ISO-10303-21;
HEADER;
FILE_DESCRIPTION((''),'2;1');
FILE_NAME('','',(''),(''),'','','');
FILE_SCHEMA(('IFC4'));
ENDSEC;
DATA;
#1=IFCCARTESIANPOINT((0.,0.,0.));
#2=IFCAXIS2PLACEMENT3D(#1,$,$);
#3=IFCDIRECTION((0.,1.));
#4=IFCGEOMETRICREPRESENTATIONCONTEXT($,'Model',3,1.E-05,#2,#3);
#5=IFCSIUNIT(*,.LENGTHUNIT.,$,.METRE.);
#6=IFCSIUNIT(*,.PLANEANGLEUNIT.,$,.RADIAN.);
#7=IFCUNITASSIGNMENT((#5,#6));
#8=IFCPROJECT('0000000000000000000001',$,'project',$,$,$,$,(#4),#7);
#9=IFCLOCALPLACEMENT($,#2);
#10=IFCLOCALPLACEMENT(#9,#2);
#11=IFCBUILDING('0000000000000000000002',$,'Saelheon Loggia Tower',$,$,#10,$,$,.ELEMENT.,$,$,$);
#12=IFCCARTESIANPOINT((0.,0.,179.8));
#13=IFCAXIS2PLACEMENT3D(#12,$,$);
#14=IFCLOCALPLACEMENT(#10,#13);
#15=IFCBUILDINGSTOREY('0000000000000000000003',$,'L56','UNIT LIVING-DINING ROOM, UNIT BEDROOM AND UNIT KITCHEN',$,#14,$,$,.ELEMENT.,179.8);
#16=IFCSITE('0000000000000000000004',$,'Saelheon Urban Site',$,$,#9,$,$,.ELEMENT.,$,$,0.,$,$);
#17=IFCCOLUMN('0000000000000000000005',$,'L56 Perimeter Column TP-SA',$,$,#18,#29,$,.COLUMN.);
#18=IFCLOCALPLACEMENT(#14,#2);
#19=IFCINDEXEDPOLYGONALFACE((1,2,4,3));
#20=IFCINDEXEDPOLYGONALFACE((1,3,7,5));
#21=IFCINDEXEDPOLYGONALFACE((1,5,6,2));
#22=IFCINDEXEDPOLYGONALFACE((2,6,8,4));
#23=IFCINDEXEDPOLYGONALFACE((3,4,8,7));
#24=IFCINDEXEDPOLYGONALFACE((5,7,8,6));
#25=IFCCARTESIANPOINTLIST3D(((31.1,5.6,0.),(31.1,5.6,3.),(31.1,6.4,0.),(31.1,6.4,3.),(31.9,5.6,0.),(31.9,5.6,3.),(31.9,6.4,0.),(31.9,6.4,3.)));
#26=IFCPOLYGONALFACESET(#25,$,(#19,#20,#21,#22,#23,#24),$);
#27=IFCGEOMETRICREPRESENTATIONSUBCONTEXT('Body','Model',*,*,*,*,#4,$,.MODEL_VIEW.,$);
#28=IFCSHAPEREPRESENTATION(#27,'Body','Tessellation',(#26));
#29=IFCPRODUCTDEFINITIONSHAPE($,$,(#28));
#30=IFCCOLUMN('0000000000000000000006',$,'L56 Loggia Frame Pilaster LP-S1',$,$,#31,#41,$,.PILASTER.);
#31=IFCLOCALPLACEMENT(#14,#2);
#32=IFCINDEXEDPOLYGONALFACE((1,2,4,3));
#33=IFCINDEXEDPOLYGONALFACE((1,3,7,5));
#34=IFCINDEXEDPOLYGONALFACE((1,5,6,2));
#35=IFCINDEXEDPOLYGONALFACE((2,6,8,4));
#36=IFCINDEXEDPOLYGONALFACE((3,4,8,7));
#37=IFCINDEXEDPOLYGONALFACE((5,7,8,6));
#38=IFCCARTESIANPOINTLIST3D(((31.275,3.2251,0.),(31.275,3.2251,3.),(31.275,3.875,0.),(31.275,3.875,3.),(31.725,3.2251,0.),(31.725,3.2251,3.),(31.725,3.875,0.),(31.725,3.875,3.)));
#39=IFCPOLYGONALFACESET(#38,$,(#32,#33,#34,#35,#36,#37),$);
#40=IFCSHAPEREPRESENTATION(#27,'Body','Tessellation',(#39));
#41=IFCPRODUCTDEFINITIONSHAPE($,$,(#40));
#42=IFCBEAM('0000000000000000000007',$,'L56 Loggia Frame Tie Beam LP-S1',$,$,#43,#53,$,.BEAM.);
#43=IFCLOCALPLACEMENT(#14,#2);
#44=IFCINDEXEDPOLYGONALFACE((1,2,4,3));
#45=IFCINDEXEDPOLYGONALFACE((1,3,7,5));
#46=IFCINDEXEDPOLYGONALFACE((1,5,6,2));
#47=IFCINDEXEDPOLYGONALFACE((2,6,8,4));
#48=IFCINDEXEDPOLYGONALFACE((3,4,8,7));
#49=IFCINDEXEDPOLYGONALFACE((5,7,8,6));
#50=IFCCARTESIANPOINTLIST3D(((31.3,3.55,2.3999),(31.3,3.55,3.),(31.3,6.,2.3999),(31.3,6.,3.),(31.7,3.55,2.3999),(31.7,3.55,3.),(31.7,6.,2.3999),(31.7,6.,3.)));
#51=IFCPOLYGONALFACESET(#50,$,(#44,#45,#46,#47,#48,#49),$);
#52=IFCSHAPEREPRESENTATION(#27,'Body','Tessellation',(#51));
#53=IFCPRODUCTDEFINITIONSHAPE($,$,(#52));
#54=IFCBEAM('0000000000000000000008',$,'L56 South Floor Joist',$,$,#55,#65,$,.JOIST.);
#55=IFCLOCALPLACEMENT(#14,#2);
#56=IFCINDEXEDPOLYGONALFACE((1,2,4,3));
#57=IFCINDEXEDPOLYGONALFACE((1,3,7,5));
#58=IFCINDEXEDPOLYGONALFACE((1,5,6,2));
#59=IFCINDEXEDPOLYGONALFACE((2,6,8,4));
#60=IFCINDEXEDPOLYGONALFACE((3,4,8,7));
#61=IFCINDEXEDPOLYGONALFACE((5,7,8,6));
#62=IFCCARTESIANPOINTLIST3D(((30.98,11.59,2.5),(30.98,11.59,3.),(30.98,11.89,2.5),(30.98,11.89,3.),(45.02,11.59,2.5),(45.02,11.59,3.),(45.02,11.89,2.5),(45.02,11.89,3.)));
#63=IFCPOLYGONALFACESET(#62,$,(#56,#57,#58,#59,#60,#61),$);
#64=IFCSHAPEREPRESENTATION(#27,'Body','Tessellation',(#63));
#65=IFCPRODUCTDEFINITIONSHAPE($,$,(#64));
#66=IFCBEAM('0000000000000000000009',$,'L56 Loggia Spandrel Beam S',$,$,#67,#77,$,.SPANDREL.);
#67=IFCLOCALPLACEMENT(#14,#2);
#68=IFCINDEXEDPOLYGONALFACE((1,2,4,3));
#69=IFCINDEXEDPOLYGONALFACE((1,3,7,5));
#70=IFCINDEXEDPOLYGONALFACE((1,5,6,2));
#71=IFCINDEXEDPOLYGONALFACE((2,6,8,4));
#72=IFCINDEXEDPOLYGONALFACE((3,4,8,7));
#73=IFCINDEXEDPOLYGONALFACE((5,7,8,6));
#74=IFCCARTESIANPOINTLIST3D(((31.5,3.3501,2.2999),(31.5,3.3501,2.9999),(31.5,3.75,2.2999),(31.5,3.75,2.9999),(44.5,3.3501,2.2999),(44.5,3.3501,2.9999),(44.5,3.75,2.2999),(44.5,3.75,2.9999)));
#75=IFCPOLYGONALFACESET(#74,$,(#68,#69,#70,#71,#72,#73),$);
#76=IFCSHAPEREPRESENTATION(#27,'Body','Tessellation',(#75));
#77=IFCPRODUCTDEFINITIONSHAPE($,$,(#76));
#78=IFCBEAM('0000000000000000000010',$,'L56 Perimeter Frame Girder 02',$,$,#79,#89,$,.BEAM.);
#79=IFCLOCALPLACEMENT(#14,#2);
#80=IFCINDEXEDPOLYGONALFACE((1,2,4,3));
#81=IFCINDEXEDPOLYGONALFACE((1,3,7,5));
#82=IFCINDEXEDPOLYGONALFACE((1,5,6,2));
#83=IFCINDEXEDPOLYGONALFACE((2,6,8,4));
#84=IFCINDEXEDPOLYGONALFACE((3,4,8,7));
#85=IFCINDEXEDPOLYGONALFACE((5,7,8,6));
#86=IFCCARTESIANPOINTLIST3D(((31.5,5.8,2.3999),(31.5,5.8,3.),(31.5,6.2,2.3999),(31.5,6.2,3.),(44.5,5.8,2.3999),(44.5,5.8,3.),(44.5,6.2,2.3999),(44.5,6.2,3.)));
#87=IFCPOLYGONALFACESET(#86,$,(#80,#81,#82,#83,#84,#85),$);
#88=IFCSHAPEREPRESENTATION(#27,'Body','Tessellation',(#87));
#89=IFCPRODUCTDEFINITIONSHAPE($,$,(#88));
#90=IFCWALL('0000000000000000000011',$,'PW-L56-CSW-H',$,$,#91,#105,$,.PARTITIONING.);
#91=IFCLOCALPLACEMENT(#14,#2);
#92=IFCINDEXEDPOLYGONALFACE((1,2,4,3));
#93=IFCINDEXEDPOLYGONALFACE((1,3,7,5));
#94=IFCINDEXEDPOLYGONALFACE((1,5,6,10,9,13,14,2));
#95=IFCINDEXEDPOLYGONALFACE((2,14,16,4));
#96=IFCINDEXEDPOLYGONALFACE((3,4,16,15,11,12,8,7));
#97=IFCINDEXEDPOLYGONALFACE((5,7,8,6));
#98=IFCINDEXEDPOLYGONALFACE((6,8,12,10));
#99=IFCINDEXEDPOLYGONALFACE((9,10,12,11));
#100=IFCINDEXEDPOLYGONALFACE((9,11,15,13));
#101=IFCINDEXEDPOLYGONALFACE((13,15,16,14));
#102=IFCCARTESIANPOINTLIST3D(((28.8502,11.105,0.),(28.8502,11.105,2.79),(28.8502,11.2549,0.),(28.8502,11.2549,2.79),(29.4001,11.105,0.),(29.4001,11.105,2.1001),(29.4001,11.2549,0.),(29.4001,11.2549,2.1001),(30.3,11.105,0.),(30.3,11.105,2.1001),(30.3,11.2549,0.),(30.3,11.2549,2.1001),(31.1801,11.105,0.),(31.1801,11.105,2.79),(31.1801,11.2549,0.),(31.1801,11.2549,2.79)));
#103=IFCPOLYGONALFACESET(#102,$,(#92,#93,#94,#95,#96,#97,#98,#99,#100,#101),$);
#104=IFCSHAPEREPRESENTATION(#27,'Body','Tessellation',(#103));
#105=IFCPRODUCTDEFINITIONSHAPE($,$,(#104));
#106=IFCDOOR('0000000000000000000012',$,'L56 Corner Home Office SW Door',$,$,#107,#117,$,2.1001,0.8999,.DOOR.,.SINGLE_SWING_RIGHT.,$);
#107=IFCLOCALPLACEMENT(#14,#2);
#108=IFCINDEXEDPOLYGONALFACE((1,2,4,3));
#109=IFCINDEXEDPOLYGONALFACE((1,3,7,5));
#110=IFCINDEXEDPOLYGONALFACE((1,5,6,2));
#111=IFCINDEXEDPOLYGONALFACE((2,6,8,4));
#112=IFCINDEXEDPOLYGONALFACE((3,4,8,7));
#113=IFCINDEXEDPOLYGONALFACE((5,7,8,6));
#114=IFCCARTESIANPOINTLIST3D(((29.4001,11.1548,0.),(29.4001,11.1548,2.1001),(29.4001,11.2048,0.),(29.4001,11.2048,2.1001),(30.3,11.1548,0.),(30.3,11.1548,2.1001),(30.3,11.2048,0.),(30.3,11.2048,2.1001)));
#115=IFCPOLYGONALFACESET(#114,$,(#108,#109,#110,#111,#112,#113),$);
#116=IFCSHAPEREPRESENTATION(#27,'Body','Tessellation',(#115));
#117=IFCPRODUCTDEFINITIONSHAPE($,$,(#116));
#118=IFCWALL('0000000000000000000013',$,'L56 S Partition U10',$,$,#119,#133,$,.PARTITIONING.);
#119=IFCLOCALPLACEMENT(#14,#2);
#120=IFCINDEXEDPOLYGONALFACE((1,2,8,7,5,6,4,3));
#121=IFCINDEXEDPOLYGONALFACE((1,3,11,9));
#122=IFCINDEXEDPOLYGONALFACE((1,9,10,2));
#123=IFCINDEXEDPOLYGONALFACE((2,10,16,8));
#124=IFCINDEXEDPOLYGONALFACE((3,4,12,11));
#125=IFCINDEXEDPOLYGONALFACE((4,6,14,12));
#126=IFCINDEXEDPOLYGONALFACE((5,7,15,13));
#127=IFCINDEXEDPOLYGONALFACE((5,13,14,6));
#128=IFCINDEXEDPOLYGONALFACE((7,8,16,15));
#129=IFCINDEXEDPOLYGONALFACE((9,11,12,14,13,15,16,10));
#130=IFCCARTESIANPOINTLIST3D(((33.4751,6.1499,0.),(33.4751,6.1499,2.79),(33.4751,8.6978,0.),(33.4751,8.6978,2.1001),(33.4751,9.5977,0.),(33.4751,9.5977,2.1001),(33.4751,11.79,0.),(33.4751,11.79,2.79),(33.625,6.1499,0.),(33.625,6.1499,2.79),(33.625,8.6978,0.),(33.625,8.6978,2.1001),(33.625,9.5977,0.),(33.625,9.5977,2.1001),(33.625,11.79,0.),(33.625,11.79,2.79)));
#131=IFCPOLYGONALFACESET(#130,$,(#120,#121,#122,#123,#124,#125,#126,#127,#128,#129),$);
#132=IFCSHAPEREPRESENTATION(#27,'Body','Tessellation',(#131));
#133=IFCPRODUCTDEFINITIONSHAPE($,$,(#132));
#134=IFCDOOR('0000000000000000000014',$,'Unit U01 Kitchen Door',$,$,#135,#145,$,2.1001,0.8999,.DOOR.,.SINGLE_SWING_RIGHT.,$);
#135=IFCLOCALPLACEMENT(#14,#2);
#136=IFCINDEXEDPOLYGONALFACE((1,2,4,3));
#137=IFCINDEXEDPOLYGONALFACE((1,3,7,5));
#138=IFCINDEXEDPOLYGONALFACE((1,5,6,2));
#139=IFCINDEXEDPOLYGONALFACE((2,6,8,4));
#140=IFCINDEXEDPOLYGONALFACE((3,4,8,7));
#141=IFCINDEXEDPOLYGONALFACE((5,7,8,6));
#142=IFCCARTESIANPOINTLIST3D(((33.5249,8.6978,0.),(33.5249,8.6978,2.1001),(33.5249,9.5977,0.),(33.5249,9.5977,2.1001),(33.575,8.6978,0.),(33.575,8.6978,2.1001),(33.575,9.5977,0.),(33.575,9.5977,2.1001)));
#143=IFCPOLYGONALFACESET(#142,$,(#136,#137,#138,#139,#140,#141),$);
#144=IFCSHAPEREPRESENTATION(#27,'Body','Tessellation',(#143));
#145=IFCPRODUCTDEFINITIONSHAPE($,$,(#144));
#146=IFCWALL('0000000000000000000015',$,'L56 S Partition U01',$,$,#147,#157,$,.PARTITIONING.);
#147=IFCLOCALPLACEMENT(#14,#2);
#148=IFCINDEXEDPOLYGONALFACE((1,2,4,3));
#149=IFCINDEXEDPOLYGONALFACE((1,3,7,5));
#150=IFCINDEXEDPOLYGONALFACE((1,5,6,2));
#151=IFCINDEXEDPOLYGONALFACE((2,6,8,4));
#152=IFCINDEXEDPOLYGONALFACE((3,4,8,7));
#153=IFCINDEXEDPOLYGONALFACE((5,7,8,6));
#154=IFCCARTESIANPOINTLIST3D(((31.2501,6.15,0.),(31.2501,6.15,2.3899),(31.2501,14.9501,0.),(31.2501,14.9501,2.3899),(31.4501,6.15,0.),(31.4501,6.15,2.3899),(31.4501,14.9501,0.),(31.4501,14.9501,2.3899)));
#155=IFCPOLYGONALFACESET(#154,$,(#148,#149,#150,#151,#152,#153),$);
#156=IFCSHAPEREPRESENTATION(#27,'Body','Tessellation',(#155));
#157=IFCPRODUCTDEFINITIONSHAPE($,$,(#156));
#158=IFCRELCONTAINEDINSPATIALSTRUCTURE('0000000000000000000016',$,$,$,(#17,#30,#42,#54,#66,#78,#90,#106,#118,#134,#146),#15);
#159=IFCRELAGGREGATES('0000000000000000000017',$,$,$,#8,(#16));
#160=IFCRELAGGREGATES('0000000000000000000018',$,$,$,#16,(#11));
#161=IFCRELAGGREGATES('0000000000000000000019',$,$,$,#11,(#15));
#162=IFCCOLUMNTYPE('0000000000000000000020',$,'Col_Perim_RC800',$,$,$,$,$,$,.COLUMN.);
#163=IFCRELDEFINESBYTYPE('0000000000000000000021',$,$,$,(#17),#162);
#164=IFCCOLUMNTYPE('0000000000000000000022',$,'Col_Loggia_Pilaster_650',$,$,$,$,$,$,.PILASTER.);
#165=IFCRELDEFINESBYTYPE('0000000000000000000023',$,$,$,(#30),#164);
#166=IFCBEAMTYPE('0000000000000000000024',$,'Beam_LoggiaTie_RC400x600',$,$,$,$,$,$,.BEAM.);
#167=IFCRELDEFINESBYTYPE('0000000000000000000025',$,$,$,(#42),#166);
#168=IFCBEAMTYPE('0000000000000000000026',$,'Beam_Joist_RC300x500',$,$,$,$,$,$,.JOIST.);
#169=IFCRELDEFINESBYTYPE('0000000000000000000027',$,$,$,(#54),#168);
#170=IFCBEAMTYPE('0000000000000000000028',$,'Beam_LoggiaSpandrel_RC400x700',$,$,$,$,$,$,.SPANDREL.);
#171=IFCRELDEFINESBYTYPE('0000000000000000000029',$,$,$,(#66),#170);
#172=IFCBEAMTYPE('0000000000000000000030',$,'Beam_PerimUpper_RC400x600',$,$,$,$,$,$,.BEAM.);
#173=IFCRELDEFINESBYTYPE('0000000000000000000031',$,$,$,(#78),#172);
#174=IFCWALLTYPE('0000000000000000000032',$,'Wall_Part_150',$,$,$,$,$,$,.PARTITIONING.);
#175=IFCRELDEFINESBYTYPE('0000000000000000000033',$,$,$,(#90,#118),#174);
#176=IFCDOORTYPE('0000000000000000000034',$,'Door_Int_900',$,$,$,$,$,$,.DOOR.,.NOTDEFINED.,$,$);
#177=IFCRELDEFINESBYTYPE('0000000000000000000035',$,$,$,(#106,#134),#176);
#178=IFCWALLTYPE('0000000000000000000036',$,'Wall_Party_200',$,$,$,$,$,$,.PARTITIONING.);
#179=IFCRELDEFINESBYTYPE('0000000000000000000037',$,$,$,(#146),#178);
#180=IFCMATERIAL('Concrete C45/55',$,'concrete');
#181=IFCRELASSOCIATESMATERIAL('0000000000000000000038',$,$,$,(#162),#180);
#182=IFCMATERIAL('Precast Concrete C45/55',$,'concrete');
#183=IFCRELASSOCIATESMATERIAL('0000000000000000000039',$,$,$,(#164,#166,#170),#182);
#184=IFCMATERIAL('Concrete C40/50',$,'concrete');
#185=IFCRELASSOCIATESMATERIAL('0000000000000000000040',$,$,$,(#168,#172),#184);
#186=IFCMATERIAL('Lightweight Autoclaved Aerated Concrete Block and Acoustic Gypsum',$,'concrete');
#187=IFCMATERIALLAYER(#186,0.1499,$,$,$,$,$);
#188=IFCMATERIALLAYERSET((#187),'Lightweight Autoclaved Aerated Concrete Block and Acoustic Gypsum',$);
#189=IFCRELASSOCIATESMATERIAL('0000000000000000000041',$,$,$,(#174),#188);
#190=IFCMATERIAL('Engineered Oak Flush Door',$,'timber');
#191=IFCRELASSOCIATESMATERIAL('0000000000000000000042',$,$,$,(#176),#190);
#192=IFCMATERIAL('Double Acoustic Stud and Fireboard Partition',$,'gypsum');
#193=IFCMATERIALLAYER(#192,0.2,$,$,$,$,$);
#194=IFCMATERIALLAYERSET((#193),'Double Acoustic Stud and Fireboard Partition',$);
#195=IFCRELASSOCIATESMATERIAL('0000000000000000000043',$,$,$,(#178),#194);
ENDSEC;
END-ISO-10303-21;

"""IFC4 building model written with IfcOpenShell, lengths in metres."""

from ifc_helpers import new_model, si_unit, direction, frame, frame_2d, origin, origin_2d, place, context, subcontext, project, spatial, rectangle, extrude, source, transform, mapped, material, layer, layer_set, material_profile, profile_set, type_object, element, fill, save


model = new_model("IFC4")

# Units and contexts
model_context = context("Model", 3, precision=1e-05, world=origin(), true_north=direction((0.0, 1.0)))
body_context = subcontext(model_context, "Body", "Model", "MODEL_VIEW")
ifc_project = project(units=[si_unit("LENGTHUNIT", "METRE"), si_unit("PLANEANGLEUNIT", "RADIAN")], contexts=[model_context])

# Site, building, storey
site_placement = place(None, origin())
site = spatial("IfcSite", under=ifc_project, at=site_placement, Name="Saelheon Urban Site", CompositionType="ELEMENT", RefElevation=0.0)
building_placement = place(site_placement, origin())
building = spatial("IfcBuilding", under=site, at=building_placement, Name="Saelheon Loggia Tower", CompositionType="ELEMENT")
storey_placement = place(building_placement, frame((0.0, 0.0, 179.8)))
storey = spatial("IfcBuildingStorey", under=building, at=storey_placement, Name="L56", Description="UNIT LIVING-DINING ROOM, UNIT BEDROOM AND UNIT KITCHEN", CompositionType="ELEMENT", Elevation=179.8)

# Columns
ifc_material_1 = material(Name="Concrete C45/55", Category="concrete")
ifc_material_profile_1 = material_profile(ifc_material_1, rectangle(XDim=0.8, YDim=0.8, at=origin_2d()), Name="RC-800x800")
ifc_profile_set_1 = profile_set([ifc_material_profile_1], Name="Concrete C45/55")
column_type_1 = type_object("IfcColumnType", Name="Col_Perim_RC800", PredefinedType="COLUMN", material=ifc_profile_set_1)
shared_shape_1 = source(origin(), body_context, "Body", "SweptSolid", [
    extrude(rectangle(XDim=0.8, YDim=0.8, at=origin_2d()), origin(), (0.0, 0.0, 1.0), 3.0),
])
column_1_placement = place(storey_placement, frame((31.5, 6.0, 0.0), z_axis=(0.0, 0.0, 1.0), x_axis=(1.0, 0.0, 0.0)))
element("IfcColumn", 1, at=column_1_placement, inside=storey, type_object=column_type_1, Name="L56 Perimeter Column TP-SA", PredefinedType="COLUMN", context=body_context, shape_type="MappedRepresentation", body=[
    mapped(shared_shape_1, transform((0.0, 0.0, 0.0), scale=1.0)),
])
ifc_material_2 = material(Name="Precast Concrete C45/55", Category="concrete")
ifc_material_profile_2 = material_profile(ifc_material_2, rectangle(XDim=0.45, YDim=0.6499, at=origin_2d()), Name="RC-450x650")
ifc_profile_set_2 = profile_set([ifc_material_profile_2], Name="Precast Concrete C45/55")
column_type_2 = type_object("IfcColumnType", Name="Col_Loggia_Pilaster_650", PredefinedType="PILASTER", material=ifc_profile_set_2)
shared_shape_2 = source(origin(), body_context, "Body", "SweptSolid", [
    extrude(rectangle(XDim=0.45, YDim=0.6499, at=origin_2d()), origin(), (0.0, 0.0, 1.0), 3.0),
])
column_2_placement = place(storey_placement, frame((31.5, 3.55, 0.0), z_axis=(0.0, 0.0, 1.0), x_axis=(1.0, 0.0, 0.0)))
element("IfcColumn", 2, at=column_2_placement, inside=storey, type_object=column_type_2, Name="L56 Loggia Frame Pilaster LP-S1", PredefinedType="PILASTER", context=body_context, shape_type="MappedRepresentation", body=[
    mapped(shared_shape_2, transform((0.0, 0.0, 0.0), scale=1.0)),
])

# Beams
ifc_material_profile_3 = material_profile(ifc_material_2, rectangle(XDim=0.3999, YDim=0.6001, at=origin_2d()), Name="RC-400x600")
ifc_profile_set_3 = profile_set([ifc_material_profile_3], Name="Precast Concrete C45/55")
beam_type_1 = type_object("IfcBeamType", Name="Beam_LoggiaTie_RC400x600", PredefinedType="BEAM", material=ifc_profile_set_3)
shared_shape_3 = source(origin(), body_context, "Body", "SweptSolid", [
    extrude(rectangle(XDim=0.3999, YDim=0.6001, at=origin_2d()), origin(), (0.0, 0.0, 1.0), 2.45),
])
beam_1_placement = place(storey_placement, frame((31.5, 6.0, 2.7), z_axis=(0.0, -1.0, 0.0), x_axis=(1.0, 0.0, 0.0)))
element("IfcBeam", 3, at=beam_1_placement, inside=storey, type_object=beam_type_1, Name="L56 Loggia Frame Tie Beam LP-S1", PredefinedType="BEAM", context=body_context, shape_type="MappedRepresentation", body=[
    mapped(shared_shape_3, transform((0.0, 0.0, 0.0), scale=1.0)),
])
ifc_material_3 = material(Name="Concrete C40/50", Category="concrete")
ifc_material_profile_4 = material_profile(ifc_material_3, rectangle(XDim=0.3, YDim=0.5, at=origin_2d()), Name="RC-300x500")
ifc_profile_set_4 = profile_set([ifc_material_profile_4], Name="Concrete C40/50")
beam_type_2 = type_object("IfcBeamType", Name="Beam_Joist_RC300x500", PredefinedType="JOIST", material=ifc_profile_set_4)
shared_shape_4 = source(origin(), body_context, "Body", "SweptSolid", [
    extrude(rectangle(XDim=0.3, YDim=0.5, at=origin_2d()), origin(), (0.0, 0.0, 1.0), 14.04),
])
beam_2_placement = place(storey_placement, frame((30.98, 11.74, 2.75), z_axis=(1.0, 0.0, 0.0), x_axis=(0.0, 1.0, 0.0)))
element("IfcBeam", 4, at=beam_2_placement, inside=storey, type_object=beam_type_2, Name="L56 South Floor Joist", PredefinedType="JOIST", context=body_context, shape_type="MappedRepresentation", body=[
    mapped(shared_shape_4, transform((0.0, 0.0, 0.0), scale=1.0)),
])
ifc_material_profile_5 = material_profile(ifc_material_2, rectangle(XDim=0.3999, YDim=0.7, at=origin_2d()), Name="RC-400x700")
ifc_profile_set_5 = profile_set([ifc_material_profile_5], Name="Precast Concrete C45/55")
beam_type_3 = type_object("IfcBeamType", Name="Beam_LoggiaSpandrel_RC400x700", PredefinedType="SPANDREL", material=ifc_profile_set_5)
shared_shape_5 = source(origin(), body_context, "Body", "SweptSolid", [
    extrude(rectangle(XDim=0.3999, YDim=0.7, at=origin_2d()), origin(), (0.0, 0.0, 1.0), 13.0),
])
beam_3_placement = place(storey_placement, frame((31.5, 3.55, 2.6499), z_axis=(1.0, 0.0, 0.0), x_axis=(0.0, 1.0, 0.0)))
element("IfcBeam", 5, at=beam_3_placement, inside=storey, type_object=beam_type_3, Name="L56 Loggia Spandrel Beam S", PredefinedType="SPANDREL", context=body_context, shape_type="MappedRepresentation", body=[
    mapped(shared_shape_5, transform((0.0, 0.0, 0.0), scale=1.0)),
])
ifc_material_profile_6 = material_profile(ifc_material_3, rectangle(XDim=0.3999, YDim=0.6001, at=origin_2d()), Name="RC-400x600")
ifc_profile_set_6 = profile_set([ifc_material_profile_6], Name="Concrete C40/50")
beam_type_4 = type_object("IfcBeamType", Name="Beam_PerimUpper_RC400x600", PredefinedType="BEAM", material=ifc_profile_set_6)
shared_shape_6 = source(origin(), body_context, "Body", "SweptSolid", [
    extrude(rectangle(XDim=0.3999, YDim=0.6001, at=origin_2d()), origin(), (0.0, 0.0, 1.0), 13.0),
])
beam_4_placement = place(storey_placement, frame((31.5, 6.0, 2.7), z_axis=(1.0, 0.0, 0.0), x_axis=(0.0, 1.0, 0.0)))
element("IfcBeam", 6, at=beam_4_placement, inside=storey, type_object=beam_type_4, Name="L56 Perimeter Frame Girder 02", PredefinedType="BEAM", context=body_context, shape_type="MappedRepresentation", body=[
    mapped(shared_shape_6, transform((0.0, 0.0, 0.0), scale=1.0)),
])

# Walls, openings, doors
ifc_material_4 = material(Name="Lightweight Autoclaved Aerated Concrete Block and Acoustic Gypsum", Category="concrete")
ifc_layer_1 = layer(ifc_material_4, 0.1499)
ifc_layer_set_1 = layer_set([ifc_layer_1], Name="Lightweight Autoclaved Aerated Concrete Block and Acoustic Gypsum")
wall_type_1 = type_object("IfcWallType", Name="Wall_Part_150", PredefinedType="PARTITIONING", material=ifc_layer_set_1)
wall_1_placement = place(storey_placement, frame((28.8501, 11.1799, 0.0), z_axis=(0.0, 0.0, 1.0), x_axis=(1.0, 0.0, 0.0)))
wall_1 = element("IfcWall", 7, at=wall_1_placement, inside=storey, type_object=wall_type_1, Name="PW-L56-CSW-H", PredefinedType="PARTITIONING", context=body_context, shape_type="SweptSolid", body=[
    extrude(rectangle(XDim=2.3298, YDim=0.1499, at=frame_2d((1.165, 0.0))), origin(), (0.0, 0.0, 1.0), 2.79),
])
opening_1_placement = place(wall_1_placement, frame((0.55, 0.0, 0.0)))
opening_1 = element("IfcOpeningElement", 8, at=opening_1_placement, cuts=wall_1, PredefinedType="OPENING", context=body_context, shape_type="SweptSolid", body=[
    extrude(rectangle(XDim=0.8999, YDim=2.1001, at=frame_2d((0.45, 1.05))), frame((0.0, 0.0869, 0.0), z_axis=(0.0, -1.0, 0.0), x_axis=(1.0, 0.0, 0.0)), (0.0, 0.0, 1.0), 0.1738),
])
ifc_material_5 = material(Name="Engineered Oak Flush Door", Category="timber")
door_type_1 = type_object("IfcDoorType", Name="Door_Int_900", OperationType="NOTDEFINED", PredefinedType="DOOR", material=ifc_material_5)
shared_shape_7 = source(origin(), body_context, "Body", "SweptSolid", [
    extrude(rectangle(XDim=0.8999, YDim=2.1001, at=frame_2d((0.45, 1.05))), frame((0.0, 0.0249, 0.0), z_axis=(0.0, -1.0, 0.0), x_axis=(1.0, 0.0, 0.0)), (0.0, 0.0, 1.0), 0.05),
])
door_1_placement = place(opening_1_placement, origin())
door_1 = element("IfcDoor", 9, at=door_1_placement, inside=storey, type_object=door_type_1, Name="L56 Corner Home Office SW Door", OperationType="SINGLE_SWING_RIGHT", OverallHeight=2.1001, OverallWidth=0.8999, PredefinedType="DOOR", context=body_context, shape_type="MappedRepresentation", body=[
    mapped(shared_shape_7, transform((0.0, 0.0, 0.0), scale=1.0)),
])
fill(opening_1, door_1)
wall_2_placement = place(storey_placement, frame((33.55, 11.79, 0.0), z_axis=(0.0, 0.0, 1.0), x_axis=(0.0, -1.0, 0.0)))
wall_2 = element("IfcWall", 10, at=wall_2_placement, inside=storey, type_object=wall_type_1, Name="L56 S Partition U10", PredefinedType="PARTITIONING", context=body_context, shape_type="SweptSolid", body=[
    extrude(rectangle(XDim=5.6401, YDim=0.1499, at=frame_2d((2.8201, 0.0))), origin(), (0.0, 0.0, 1.0), 2.79),
])
opening_2_placement = place(wall_2_placement, frame((2.1924, 0.0, 0.0)))
opening_2 = element("IfcOpeningElement", 11, at=opening_2_placement, cuts=wall_2, PredefinedType="OPENING", context=body_context, shape_type="SweptSolid", body=[
    extrude(rectangle(XDim=0.8999, YDim=2.1001, at=frame_2d((0.45, 1.05))), frame((0.0, 0.0869, 0.0), z_axis=(0.0, -1.0, 0.0), x_axis=(1.0, 0.0, 0.0)), (0.0, 0.0, 1.0), 0.1738),
])
door_2_placement = place(opening_2_placement, origin())
door_2 = element("IfcDoor", 12, at=door_2_placement, inside=storey, type_object=door_type_1, Name="Unit U01 Kitchen Door", OperationType="SINGLE_SWING_RIGHT", OverallHeight=2.1001, OverallWidth=0.8999, PredefinedType="DOOR", context=body_context, shape_type="MappedRepresentation", body=[
    mapped(shared_shape_7, transform((0.0, 0.0, 0.0), scale=1.0)),
])
fill(opening_2, door_2)

# Wall
ifc_material_6 = material(Name="Double Acoustic Stud and Fireboard Partition", Category="gypsum")
ifc_layer_2 = layer(ifc_material_6, 0.2)
ifc_layer_set_2 = layer_set([ifc_layer_2], Name="Double Acoustic Stud and Fireboard Partition")
wall_type_2 = type_object("IfcWallType", Name="Wall_Party_200", PredefinedType="PARTITIONING", material=ifc_layer_set_2)
wall_3_placement = place(storey_placement, frame((31.3501, 14.95, 0.0), z_axis=(0.0, 0.0, 1.0), x_axis=(0.0, -1.0, 0.0)))
element("IfcWall", 13, at=wall_3_placement, inside=storey, type_object=wall_type_2, Name="L56 S Partition U01", PredefinedType="PARTITIONING", context=body_context, shape_type="SweptSolid", body=[
    extrude(rectangle(XDim=8.8, YDim=0.2, at=frame_2d((4.3999, 0.0))), origin(), (0.0, 0.0, 1.0), 2.3899),
])

save(model, "model.ifc")
